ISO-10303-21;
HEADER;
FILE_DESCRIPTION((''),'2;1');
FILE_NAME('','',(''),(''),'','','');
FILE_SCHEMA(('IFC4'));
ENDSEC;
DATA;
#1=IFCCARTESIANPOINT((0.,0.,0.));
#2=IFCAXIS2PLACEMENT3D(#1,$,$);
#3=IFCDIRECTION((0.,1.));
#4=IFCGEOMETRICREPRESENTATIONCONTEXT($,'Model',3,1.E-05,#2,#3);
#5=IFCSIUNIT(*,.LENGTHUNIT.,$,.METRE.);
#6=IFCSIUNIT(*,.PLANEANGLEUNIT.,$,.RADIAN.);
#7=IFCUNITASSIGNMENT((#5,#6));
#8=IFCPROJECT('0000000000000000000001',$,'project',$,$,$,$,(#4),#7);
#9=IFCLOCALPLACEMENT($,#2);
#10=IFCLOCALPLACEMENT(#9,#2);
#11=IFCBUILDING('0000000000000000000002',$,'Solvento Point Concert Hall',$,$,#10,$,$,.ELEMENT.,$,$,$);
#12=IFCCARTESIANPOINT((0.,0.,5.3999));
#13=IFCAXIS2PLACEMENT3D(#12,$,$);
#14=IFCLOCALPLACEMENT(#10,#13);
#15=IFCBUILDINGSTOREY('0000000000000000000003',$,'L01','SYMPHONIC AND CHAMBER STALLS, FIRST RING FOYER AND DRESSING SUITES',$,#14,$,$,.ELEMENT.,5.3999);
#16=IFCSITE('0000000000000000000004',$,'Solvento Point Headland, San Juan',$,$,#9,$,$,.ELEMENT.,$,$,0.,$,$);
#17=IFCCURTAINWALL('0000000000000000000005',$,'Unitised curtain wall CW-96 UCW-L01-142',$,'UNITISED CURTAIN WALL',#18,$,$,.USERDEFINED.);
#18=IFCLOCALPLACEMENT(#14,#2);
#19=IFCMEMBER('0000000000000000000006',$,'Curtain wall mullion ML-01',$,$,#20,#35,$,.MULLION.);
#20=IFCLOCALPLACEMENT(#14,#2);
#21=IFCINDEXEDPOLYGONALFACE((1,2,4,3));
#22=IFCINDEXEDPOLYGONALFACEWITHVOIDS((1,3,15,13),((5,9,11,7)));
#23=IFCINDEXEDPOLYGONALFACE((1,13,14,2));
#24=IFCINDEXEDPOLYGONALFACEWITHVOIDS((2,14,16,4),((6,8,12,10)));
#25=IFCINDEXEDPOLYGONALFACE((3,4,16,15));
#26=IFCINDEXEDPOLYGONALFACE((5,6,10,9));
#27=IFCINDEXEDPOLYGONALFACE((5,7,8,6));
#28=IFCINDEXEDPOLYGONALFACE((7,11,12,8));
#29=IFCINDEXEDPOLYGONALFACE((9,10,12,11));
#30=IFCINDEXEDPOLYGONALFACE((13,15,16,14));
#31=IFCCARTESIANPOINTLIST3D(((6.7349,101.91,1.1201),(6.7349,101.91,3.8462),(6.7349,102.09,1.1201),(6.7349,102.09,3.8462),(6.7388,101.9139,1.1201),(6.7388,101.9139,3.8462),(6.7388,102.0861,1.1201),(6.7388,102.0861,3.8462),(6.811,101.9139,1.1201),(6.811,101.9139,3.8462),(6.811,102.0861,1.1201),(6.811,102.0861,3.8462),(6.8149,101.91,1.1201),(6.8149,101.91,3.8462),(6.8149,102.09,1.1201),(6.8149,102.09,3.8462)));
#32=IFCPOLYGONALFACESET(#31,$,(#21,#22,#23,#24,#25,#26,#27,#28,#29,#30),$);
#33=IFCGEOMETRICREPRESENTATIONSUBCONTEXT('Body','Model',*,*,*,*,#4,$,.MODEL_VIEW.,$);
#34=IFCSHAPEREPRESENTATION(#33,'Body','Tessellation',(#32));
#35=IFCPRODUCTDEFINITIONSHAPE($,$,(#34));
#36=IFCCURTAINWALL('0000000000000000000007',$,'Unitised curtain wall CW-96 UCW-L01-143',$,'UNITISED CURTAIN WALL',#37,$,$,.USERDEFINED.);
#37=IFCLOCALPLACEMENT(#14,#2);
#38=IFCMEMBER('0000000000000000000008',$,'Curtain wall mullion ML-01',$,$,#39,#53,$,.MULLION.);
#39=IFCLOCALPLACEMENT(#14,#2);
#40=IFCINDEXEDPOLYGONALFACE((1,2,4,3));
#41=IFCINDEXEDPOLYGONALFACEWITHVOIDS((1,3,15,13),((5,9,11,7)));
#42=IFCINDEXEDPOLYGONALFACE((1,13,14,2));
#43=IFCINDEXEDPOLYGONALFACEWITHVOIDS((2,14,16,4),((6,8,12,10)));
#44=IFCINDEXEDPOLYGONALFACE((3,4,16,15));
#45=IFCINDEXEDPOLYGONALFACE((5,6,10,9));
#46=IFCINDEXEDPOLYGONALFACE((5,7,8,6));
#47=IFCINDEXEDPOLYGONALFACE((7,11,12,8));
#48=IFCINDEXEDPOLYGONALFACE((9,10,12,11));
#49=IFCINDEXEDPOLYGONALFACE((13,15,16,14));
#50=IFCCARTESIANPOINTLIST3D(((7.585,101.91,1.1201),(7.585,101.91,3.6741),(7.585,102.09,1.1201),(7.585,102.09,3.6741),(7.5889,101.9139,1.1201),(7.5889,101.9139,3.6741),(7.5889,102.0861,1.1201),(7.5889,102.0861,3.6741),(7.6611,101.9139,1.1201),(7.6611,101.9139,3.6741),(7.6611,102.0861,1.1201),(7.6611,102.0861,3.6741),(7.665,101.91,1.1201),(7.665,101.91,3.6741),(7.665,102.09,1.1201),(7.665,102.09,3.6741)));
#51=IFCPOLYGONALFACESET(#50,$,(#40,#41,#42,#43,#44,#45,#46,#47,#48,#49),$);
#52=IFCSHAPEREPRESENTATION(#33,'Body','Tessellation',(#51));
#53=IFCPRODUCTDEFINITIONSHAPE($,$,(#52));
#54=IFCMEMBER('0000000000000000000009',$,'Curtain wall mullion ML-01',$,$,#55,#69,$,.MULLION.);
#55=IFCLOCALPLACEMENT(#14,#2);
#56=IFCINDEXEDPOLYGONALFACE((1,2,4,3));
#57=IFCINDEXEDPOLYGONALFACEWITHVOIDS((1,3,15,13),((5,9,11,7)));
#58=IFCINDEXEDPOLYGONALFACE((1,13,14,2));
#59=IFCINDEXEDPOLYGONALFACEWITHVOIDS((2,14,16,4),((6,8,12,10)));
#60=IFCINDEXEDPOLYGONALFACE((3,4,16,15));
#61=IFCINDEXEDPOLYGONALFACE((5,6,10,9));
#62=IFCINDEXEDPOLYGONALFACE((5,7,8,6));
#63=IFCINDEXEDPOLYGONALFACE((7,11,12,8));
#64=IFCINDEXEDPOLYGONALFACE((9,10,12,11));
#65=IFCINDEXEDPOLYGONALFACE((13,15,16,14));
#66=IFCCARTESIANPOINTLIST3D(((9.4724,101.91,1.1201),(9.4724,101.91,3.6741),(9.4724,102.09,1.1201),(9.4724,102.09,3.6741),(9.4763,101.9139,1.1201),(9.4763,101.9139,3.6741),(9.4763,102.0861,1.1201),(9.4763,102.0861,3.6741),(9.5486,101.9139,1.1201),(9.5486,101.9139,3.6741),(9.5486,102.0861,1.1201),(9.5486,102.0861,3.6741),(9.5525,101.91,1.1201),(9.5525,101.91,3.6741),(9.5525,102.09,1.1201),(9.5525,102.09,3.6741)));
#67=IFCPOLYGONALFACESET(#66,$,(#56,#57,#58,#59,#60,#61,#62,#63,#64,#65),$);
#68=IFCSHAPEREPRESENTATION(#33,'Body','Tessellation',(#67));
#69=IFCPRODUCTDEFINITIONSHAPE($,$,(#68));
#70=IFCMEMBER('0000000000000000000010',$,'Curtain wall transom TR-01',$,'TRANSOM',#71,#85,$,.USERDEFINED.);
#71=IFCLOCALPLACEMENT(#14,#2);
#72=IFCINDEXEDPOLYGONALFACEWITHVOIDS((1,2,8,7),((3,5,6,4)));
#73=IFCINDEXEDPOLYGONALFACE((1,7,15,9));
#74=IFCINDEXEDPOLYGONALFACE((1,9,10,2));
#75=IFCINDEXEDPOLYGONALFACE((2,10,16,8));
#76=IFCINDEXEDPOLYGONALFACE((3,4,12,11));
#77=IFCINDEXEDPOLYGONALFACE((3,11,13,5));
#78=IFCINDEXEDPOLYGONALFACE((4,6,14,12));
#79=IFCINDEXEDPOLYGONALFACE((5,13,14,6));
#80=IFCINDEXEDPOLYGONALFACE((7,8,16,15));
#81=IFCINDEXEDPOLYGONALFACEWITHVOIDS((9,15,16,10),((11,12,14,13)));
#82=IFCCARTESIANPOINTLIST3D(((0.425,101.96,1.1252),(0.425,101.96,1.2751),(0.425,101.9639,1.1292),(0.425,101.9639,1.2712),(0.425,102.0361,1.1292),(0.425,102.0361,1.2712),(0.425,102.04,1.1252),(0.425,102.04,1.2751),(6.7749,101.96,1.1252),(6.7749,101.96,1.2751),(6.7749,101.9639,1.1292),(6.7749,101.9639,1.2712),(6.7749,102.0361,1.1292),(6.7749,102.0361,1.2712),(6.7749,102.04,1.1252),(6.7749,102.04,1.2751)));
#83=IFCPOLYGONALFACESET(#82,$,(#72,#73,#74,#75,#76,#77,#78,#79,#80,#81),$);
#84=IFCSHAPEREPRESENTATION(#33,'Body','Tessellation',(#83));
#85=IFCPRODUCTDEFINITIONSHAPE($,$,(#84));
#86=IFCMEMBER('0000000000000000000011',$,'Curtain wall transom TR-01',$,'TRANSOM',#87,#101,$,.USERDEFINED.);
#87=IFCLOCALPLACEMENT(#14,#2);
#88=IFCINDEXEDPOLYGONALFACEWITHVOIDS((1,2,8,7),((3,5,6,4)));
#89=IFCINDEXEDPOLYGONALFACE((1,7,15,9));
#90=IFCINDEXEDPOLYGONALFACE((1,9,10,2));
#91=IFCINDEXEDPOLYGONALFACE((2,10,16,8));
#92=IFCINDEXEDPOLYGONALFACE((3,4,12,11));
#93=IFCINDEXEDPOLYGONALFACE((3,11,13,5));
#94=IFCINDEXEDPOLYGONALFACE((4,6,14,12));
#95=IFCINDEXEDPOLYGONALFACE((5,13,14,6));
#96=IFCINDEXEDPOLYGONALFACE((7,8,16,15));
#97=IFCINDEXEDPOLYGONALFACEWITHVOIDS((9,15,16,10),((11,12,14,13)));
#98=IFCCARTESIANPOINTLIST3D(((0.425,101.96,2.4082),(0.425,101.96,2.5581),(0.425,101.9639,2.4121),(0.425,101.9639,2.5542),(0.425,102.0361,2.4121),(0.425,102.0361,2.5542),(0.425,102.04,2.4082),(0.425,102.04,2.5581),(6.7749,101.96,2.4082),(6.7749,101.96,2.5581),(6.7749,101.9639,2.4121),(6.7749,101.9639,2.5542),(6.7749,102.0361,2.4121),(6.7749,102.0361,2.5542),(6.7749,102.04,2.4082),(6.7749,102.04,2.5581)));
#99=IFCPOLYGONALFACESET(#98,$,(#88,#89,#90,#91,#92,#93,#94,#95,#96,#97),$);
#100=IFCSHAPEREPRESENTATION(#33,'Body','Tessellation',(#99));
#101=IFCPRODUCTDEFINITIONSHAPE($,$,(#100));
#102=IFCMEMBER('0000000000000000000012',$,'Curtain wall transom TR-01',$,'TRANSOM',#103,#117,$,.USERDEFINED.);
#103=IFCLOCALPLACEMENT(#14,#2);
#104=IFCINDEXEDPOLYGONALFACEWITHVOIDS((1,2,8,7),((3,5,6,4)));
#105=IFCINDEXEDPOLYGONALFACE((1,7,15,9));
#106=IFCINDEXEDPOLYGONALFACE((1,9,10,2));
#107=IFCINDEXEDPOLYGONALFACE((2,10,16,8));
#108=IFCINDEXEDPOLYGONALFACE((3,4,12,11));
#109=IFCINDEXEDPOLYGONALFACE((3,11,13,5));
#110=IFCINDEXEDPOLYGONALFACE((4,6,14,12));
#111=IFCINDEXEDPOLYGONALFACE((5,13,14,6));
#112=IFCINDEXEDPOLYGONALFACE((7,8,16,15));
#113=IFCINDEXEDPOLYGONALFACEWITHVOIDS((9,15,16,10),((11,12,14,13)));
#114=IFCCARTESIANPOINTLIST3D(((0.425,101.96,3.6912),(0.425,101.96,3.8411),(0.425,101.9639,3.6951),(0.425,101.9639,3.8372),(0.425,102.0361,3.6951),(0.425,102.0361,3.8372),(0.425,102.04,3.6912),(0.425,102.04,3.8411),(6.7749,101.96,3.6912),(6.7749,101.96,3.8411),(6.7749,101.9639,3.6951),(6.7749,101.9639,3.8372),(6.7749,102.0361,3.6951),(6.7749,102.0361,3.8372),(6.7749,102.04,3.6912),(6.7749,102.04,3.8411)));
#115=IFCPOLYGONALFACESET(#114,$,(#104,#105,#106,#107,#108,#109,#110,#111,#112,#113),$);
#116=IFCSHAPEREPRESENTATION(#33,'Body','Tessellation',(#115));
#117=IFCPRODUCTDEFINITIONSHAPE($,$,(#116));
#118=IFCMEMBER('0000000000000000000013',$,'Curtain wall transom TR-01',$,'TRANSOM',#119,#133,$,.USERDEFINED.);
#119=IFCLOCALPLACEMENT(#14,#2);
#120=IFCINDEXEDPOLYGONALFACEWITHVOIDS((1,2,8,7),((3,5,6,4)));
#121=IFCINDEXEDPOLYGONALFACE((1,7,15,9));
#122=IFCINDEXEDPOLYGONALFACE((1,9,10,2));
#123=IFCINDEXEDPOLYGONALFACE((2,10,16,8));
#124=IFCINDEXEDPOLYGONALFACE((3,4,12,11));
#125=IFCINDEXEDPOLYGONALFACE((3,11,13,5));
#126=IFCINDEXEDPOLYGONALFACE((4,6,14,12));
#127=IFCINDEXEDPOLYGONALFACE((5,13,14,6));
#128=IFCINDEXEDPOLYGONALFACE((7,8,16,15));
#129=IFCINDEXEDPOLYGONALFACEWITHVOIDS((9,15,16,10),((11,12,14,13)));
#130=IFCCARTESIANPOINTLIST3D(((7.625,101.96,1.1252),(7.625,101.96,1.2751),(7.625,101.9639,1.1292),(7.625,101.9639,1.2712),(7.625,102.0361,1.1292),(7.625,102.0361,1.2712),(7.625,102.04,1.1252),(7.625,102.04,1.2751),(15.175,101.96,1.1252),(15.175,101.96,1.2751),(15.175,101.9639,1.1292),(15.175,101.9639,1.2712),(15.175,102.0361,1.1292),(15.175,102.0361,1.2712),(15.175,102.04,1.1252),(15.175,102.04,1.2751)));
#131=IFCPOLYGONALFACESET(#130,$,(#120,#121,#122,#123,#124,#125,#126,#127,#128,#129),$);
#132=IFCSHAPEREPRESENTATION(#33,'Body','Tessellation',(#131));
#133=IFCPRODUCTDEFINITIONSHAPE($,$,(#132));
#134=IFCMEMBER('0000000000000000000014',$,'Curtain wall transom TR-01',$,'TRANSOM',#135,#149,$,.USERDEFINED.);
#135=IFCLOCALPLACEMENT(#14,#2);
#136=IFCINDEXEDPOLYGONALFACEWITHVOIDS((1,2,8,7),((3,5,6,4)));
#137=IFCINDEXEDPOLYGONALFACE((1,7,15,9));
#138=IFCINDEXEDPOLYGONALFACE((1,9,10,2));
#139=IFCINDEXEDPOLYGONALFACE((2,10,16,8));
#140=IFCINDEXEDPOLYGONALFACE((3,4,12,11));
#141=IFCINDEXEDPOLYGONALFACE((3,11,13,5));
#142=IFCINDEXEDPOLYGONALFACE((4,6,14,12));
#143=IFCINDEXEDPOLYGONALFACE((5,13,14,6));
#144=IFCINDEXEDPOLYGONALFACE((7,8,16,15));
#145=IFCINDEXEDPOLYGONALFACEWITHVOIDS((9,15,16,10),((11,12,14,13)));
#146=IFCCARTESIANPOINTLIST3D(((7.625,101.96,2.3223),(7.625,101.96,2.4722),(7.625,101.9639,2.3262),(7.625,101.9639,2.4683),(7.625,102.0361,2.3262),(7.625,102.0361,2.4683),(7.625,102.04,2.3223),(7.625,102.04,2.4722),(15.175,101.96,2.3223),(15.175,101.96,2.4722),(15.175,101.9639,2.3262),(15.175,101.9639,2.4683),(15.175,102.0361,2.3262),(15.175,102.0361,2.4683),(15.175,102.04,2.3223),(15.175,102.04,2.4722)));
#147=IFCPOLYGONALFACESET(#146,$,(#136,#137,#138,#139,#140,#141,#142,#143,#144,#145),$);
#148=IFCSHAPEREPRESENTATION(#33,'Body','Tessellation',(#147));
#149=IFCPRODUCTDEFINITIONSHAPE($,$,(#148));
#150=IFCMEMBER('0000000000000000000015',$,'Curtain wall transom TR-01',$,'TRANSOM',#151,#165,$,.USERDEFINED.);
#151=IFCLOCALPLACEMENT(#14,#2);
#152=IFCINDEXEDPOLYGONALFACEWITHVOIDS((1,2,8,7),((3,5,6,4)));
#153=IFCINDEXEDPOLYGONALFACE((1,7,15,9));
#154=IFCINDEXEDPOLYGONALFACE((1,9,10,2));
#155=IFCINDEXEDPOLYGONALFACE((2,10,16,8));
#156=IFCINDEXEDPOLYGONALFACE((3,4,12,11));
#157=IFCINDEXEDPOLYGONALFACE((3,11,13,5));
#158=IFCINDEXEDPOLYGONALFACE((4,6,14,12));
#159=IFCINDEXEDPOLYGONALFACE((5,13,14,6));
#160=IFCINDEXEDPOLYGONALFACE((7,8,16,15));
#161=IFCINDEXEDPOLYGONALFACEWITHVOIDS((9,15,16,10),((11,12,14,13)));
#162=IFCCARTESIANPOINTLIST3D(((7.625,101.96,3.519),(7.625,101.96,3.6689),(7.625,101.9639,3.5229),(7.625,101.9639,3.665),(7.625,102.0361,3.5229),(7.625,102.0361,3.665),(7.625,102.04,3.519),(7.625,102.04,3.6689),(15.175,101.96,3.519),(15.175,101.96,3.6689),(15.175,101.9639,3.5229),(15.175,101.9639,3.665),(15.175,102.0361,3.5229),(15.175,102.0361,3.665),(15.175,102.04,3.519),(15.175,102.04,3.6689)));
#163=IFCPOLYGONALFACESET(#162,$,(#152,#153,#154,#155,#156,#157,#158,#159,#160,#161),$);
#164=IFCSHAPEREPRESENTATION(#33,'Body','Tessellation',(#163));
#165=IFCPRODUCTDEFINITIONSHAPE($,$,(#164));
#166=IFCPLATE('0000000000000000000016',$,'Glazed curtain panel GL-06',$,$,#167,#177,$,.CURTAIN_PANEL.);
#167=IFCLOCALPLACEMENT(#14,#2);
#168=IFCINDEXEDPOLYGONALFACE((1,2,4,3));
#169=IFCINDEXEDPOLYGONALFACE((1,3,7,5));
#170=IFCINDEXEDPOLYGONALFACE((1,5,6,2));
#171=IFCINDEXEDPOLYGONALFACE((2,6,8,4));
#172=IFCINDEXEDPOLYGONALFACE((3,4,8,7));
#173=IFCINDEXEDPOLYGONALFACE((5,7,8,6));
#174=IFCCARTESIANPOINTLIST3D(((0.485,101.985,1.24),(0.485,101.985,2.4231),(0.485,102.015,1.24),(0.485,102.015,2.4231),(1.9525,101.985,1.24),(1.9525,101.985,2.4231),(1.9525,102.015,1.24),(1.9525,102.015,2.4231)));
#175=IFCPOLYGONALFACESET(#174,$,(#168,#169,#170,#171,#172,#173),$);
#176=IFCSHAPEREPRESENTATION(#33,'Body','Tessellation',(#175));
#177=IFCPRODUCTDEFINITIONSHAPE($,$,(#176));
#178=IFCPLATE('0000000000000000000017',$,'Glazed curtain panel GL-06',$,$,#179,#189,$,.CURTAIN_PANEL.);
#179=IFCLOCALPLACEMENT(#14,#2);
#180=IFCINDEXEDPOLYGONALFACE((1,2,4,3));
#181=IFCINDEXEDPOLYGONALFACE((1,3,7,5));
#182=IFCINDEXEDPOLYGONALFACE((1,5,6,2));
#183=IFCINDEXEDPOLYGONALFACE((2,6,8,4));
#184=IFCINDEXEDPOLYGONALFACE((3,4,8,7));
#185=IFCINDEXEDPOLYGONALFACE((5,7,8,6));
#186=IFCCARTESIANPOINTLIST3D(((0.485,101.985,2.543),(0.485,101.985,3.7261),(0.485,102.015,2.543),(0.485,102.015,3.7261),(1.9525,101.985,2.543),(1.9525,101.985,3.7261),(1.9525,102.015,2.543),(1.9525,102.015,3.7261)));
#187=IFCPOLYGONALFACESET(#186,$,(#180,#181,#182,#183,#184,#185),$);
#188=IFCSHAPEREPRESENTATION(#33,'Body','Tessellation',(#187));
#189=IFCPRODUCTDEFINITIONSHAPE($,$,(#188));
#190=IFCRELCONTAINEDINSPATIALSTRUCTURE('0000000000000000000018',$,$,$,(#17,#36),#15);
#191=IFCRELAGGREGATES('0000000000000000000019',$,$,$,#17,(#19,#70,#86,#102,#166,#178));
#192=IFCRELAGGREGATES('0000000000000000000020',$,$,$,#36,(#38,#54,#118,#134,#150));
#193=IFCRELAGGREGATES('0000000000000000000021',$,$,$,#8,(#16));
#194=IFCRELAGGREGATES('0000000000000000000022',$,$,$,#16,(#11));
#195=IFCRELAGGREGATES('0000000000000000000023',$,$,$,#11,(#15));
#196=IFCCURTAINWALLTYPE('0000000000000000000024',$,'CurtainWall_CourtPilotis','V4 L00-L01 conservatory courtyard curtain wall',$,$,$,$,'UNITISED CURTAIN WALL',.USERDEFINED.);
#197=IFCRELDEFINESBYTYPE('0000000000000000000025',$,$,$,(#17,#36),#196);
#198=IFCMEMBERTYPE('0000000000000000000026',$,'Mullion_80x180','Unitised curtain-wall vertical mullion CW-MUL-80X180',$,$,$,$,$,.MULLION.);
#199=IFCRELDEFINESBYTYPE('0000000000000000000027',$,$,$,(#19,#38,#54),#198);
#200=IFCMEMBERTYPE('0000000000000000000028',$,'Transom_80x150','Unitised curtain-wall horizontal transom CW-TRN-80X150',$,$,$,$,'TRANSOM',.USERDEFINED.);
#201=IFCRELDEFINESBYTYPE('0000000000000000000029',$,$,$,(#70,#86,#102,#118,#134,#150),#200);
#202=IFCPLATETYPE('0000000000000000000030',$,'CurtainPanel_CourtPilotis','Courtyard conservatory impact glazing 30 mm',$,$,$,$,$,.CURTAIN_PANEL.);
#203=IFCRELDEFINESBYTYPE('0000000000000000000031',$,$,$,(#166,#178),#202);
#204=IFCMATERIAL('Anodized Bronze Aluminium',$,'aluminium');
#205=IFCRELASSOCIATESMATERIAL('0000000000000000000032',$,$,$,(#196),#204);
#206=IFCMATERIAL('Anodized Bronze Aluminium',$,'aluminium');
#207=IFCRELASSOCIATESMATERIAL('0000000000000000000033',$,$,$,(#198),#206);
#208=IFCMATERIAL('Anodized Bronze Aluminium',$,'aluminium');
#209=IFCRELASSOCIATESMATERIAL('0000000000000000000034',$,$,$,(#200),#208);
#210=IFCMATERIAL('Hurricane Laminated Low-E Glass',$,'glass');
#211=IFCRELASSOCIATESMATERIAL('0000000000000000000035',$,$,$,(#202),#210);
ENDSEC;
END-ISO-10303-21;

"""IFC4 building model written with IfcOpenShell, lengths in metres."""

from ifc_helpers import new_model, si_unit, direction, frame, origin, origin_2d, place, context, subcontext, project, spatial, rectangle, hollow_rectangle, extrude, material, material_profile, profile_set, type_object, element, aggregate, save


model = new_model("IFC4")

# Units and contexts
model_context = context("Model", 3, precision=1e-05, world=origin(), true_north=direction((0.0, 1.0)))
body_context = subcontext(model_context, "Body", "Model", "MODEL_VIEW")
ifc_project = project(units=[si_unit("LENGTHUNIT", "METRE"), si_unit("PLANEANGLEUNIT", "RADIAN")], contexts=[model_context])

# Site, building, storey
site_placement = place(None, origin())
site = spatial("IfcSite", under=ifc_project, at=site_placement, Name="Solvento Point Headland, San Juan", CompositionType="ELEMENT", RefElevation=0.0)
building_placement = place(site_placement, origin())
building = spatial("IfcBuilding", under=site, at=building_placement, Name="Solvento Point Concert Hall", CompositionType="ELEMENT")
storey_placement = place(building_placement, frame((0.0, 0.0, 5.3999)))
storey = spatial("IfcBuildingStorey", under=building, at=storey_placement, Name="L01", Description="SYMPHONIC AND CHAMBER STALLS, FIRST RING FOYER AND DRESSING SUITES", CompositionType="ELEMENT", Elevation=5.3999)

# Curtain walls, members
ifc_material_1 = material(Name="Anodized Bronze Aluminium", Category="aluminium")
curtain_wall_type = type_object("IfcCurtainWallType", Name="CurtainWall_CourtPilotis", Description="V4 L00-L01 conservatory courtyard curtain wall", ElementType="UNITISED CURTAIN WALL", PredefinedType="USERDEFINED", material=ifc_material_1)
curtain_wall_1_placement = place(storey_placement, origin())
curtain_wall_1 = element("IfcCurtainWall", 1, at=curtain_wall_1_placement, inside=storey, type_object=curtain_wall_type, Name="Unitised curtain wall CW-96 UCW-L01-142", ObjectType="UNITISED CURTAIN WALL", PredefinedType="USERDEFINED")
ifc_material_2 = material(Name="Anodized Bronze Aluminium", Category="aluminium")
ifc_material_profile_1 = material_profile(ifc_material_2, hollow_rectangle(XDim=0.0801, YDim=0.1799, WallThickness=0.0039, at=origin_2d()), Name="CW-MUL-80X180")
ifc_profile_set_1 = profile_set([ifc_material_profile_1], Name="Anodized Bronze Aluminium")
member_type_1 = type_object("IfcMemberType", Name="Mullion_80x180", Description="Unitised curtain-wall vertical mullion CW-MUL-80X180", PredefinedType="MULLION", material=ifc_profile_set_1)
member_1_placement = place(storey_placement, frame((6.7749, 102.0, 1.1201), z_axis=(0.0, 0.0, 1.0), x_axis=(1.0, 0.0, 0.0)))
member_1 = element("IfcMember", 2, at=member_1_placement, type_object=member_type_1, Name="Curtain wall mullion ML-01", PredefinedType="MULLION", context=body_context, shape_type="SweptSolid", body=[
    extrude(hollow_rectangle(XDim=0.0801, YDim=0.1799, WallThickness=0.0039, at=origin_2d()), origin(), (0.0, 0.0, 1.0), 2.7261),
])
curtain_wall_2_placement = place(storey_placement, origin())
curtain_wall_2 = element("IfcCurtainWall", 3, at=curtain_wall_2_placement, inside=storey, type_object=curtain_wall_type, Name="Unitised curtain wall CW-96 UCW-L01-143", ObjectType="UNITISED CURTAIN WALL", PredefinedType="USERDEFINED")
member_2_placement = place(storey_placement, frame((7.625, 102.0, 1.1201), z_axis=(0.0, 0.0, 1.0), x_axis=(1.0, 0.0, 0.0)))
member_2 = element("IfcMember", 4, at=member_2_placement, type_object=member_type_1, Name="Curtain wall mullion ML-01", PredefinedType="MULLION", context=body_context, shape_type="SweptSolid", body=[
    extrude(hollow_rectangle(XDim=0.0801, YDim=0.1799, WallThickness=0.0039, at=origin_2d()), origin(), (0.0, 0.0, 1.0), 2.554),
])
member_3_placement = place(storey_placement, frame((9.5125, 102.0, 1.1201), z_axis=(0.0, 0.0, 1.0), x_axis=(1.0, 0.0, 0.0)))
member_3 = element("IfcMember", 5, at=member_3_placement, type_object=member_type_1, Name="Curtain wall mullion ML-01", PredefinedType="MULLION", context=body_context, shape_type="SweptSolid", body=[
    extrude(hollow_rectangle(XDim=0.0801, YDim=0.1799, WallThickness=0.0039, at=origin_2d()), origin(), (0.0, 0.0, 1.0), 2.554),
])

# Members
ifc_material_3 = material(Name="Anodized Bronze Aluminium", Category="aluminium")
ifc_material_profile_2 = material_profile(ifc_material_3, hollow_rectangle(XDim=0.0801, YDim=0.1499, WallThickness=0.0039, at=origin_2d()), Name="CW-TRN-80X150")
ifc_profile_set_2 = profile_set([ifc_material_profile_2], Name="Anodized Bronze Aluminium")
member_type_2 = type_object("IfcMemberType", Name="Transom_80x150", Description="Unitised curtain-wall horizontal transom CW-TRN-80X150", ElementType="TRANSOM", PredefinedType="USERDEFINED", material=ifc_profile_set_2)
member_4_placement = place(storey_placement, frame((0.425, 102.0, 1.2002), z_axis=(1.0, 0.0, 0.0), x_axis=(0.0, 1.0, 0.0)))
member_4 = element("IfcMember", 6, at=member_4_placement, type_object=member_type_2, Name="Curtain wall transom TR-01", ObjectType="TRANSOM", PredefinedType="USERDEFINED", context=body_context, shape_type="SweptSolid", body=[
    extrude(hollow_rectangle(XDim=0.0801, YDim=0.1499, WallThickness=0.0039, at=origin_2d()), origin(), (0.0, 0.0, 1.0), 6.3499),
])
member_5_placement = place(storey_placement, frame((0.425, 102.0, 2.4832), z_axis=(1.0, 0.0, 0.0), x_axis=(0.0, 1.0, 0.0)))
member_5 = element("IfcMember", 7, at=member_5_placement, type_object=member_type_2, Name="Curtain wall transom TR-01", ObjectType="TRANSOM", PredefinedType="USERDEFINED", context=body_context, shape_type="SweptSolid", body=[
    extrude(hollow_rectangle(XDim=0.0801, YDim=0.1499, WallThickness=0.0039, at=origin_2d()), origin(), (0.0, 0.0, 1.0), 6.3499),
])
member_6_placement = place(storey_placement, frame((0.425, 102.0, 3.7661), z_axis=(1.0, 0.0, 0.0), x_axis=(0.0, 1.0, 0.0)))
member_6 = element("IfcMember", 8, at=member_6_placement, type_object=member_type_2, Name="Curtain wall transom TR-01", ObjectType="TRANSOM", PredefinedType="USERDEFINED", context=body_context, shape_type="SweptSolid", body=[
    extrude(hollow_rectangle(XDim=0.0801, YDim=0.1499, WallThickness=0.0039, at=origin_2d()), origin(), (0.0, 0.0, 1.0), 6.3499),
])
member_7_placement = place(storey_placement, frame((7.625, 102.0, 1.2002), z_axis=(1.0, 0.0, 0.0), x_axis=(0.0, 1.0, 0.0)))
member_7 = element("IfcMember", 9, at=member_7_placement, type_object=member_type_2, Name="Curtain wall transom TR-01", ObjectType="TRANSOM", PredefinedType="USERDEFINED", context=body_context, shape_type="SweptSolid", body=[
    extrude(hollow_rectangle(XDim=0.0801, YDim=0.1499, WallThickness=0.0039, at=origin_2d()), origin(), (0.0, 0.0, 1.0), 7.55),
])
member_8_placement = place(storey_placement, frame((7.625, 102.0, 2.3972), z_axis=(1.0, 0.0, 0.0), x_axis=(0.0, 1.0, 0.0)))
member_8 = element("IfcMember", 10, at=member_8_placement, type_object=member_type_2, Name="Curtain wall transom TR-01", ObjectType="TRANSOM", PredefinedType="USERDEFINED", context=body_context, shape_type="SweptSolid", body=[
    extrude(hollow_rectangle(XDim=0.0801, YDim=0.1499, WallThickness=0.0039, at=origin_2d()), origin(), (0.0, 0.0, 1.0), 7.55),
])
member_9_placement = place(storey_placement, frame((7.625, 102.0, 3.594), z_axis=(1.0, 0.0, 0.0), x_axis=(0.0, 1.0, 0.0)))
member_9 = element("IfcMember", 11, at=member_9_placement, type_object=member_type_2, Name="Curtain wall transom TR-01", ObjectType="TRANSOM", PredefinedType="USERDEFINED", context=body_context, shape_type="SweptSolid", body=[
    extrude(hollow_rectangle(XDim=0.0801, YDim=0.1499, WallThickness=0.0039, at=origin_2d()), origin(), (0.0, 0.0, 1.0), 7.55),
])

# Plates
ifc_material_4 = material(Name="Hurricane Laminated Low-E Glass", Category="glass")
plate_type = type_object("IfcPlateType", Name="CurtainPanel_CourtPilotis", Description="Courtyard conservatory impact glazing 30 mm", PredefinedType="CURTAIN_PANEL", material=ifc_material_4)
plate_1_placement = place(storey_placement, frame((1.2188, 102.0, 1.24), z_axis=(0.0, 0.0, 1.0), x_axis=(1.0, 0.0, 0.0)))
plate_1 = element("IfcPlate", 12, at=plate_1_placement, type_object=plate_type, Name="Glazed curtain panel GL-06", PredefinedType="CURTAIN_PANEL", context=body_context, shape_type="SweptSolid", body=[
    extrude(rectangle(XDim=1.4675, YDim=0.03, at=origin_2d()), origin(), (0.0, 0.0, 1.0), 1.1831),
])
plate_2_placement = place(storey_placement, frame((1.2188, 102.0, 2.543), z_axis=(0.0, 0.0, 1.0), x_axis=(1.0, 0.0, 0.0)))
plate_2 = element("IfcPlate", 13, at=plate_2_placement, type_object=plate_type, Name="Glazed curtain panel GL-06", PredefinedType="CURTAIN_PANEL", context=body_context, shape_type="SweptSolid", body=[
    extrude(rectangle(XDim=1.4675, YDim=0.03, at=origin_2d()), origin(), (0.0, 0.0, 1.0), 1.1831),
])
aggregate(curtain_wall_1, [member_1, member_4, member_5, member_6, plate_1, plate_2])
aggregate(curtain_wall_2, [member_2, member_3, member_7, member_8, member_9])

save(model, "model.ifc")
